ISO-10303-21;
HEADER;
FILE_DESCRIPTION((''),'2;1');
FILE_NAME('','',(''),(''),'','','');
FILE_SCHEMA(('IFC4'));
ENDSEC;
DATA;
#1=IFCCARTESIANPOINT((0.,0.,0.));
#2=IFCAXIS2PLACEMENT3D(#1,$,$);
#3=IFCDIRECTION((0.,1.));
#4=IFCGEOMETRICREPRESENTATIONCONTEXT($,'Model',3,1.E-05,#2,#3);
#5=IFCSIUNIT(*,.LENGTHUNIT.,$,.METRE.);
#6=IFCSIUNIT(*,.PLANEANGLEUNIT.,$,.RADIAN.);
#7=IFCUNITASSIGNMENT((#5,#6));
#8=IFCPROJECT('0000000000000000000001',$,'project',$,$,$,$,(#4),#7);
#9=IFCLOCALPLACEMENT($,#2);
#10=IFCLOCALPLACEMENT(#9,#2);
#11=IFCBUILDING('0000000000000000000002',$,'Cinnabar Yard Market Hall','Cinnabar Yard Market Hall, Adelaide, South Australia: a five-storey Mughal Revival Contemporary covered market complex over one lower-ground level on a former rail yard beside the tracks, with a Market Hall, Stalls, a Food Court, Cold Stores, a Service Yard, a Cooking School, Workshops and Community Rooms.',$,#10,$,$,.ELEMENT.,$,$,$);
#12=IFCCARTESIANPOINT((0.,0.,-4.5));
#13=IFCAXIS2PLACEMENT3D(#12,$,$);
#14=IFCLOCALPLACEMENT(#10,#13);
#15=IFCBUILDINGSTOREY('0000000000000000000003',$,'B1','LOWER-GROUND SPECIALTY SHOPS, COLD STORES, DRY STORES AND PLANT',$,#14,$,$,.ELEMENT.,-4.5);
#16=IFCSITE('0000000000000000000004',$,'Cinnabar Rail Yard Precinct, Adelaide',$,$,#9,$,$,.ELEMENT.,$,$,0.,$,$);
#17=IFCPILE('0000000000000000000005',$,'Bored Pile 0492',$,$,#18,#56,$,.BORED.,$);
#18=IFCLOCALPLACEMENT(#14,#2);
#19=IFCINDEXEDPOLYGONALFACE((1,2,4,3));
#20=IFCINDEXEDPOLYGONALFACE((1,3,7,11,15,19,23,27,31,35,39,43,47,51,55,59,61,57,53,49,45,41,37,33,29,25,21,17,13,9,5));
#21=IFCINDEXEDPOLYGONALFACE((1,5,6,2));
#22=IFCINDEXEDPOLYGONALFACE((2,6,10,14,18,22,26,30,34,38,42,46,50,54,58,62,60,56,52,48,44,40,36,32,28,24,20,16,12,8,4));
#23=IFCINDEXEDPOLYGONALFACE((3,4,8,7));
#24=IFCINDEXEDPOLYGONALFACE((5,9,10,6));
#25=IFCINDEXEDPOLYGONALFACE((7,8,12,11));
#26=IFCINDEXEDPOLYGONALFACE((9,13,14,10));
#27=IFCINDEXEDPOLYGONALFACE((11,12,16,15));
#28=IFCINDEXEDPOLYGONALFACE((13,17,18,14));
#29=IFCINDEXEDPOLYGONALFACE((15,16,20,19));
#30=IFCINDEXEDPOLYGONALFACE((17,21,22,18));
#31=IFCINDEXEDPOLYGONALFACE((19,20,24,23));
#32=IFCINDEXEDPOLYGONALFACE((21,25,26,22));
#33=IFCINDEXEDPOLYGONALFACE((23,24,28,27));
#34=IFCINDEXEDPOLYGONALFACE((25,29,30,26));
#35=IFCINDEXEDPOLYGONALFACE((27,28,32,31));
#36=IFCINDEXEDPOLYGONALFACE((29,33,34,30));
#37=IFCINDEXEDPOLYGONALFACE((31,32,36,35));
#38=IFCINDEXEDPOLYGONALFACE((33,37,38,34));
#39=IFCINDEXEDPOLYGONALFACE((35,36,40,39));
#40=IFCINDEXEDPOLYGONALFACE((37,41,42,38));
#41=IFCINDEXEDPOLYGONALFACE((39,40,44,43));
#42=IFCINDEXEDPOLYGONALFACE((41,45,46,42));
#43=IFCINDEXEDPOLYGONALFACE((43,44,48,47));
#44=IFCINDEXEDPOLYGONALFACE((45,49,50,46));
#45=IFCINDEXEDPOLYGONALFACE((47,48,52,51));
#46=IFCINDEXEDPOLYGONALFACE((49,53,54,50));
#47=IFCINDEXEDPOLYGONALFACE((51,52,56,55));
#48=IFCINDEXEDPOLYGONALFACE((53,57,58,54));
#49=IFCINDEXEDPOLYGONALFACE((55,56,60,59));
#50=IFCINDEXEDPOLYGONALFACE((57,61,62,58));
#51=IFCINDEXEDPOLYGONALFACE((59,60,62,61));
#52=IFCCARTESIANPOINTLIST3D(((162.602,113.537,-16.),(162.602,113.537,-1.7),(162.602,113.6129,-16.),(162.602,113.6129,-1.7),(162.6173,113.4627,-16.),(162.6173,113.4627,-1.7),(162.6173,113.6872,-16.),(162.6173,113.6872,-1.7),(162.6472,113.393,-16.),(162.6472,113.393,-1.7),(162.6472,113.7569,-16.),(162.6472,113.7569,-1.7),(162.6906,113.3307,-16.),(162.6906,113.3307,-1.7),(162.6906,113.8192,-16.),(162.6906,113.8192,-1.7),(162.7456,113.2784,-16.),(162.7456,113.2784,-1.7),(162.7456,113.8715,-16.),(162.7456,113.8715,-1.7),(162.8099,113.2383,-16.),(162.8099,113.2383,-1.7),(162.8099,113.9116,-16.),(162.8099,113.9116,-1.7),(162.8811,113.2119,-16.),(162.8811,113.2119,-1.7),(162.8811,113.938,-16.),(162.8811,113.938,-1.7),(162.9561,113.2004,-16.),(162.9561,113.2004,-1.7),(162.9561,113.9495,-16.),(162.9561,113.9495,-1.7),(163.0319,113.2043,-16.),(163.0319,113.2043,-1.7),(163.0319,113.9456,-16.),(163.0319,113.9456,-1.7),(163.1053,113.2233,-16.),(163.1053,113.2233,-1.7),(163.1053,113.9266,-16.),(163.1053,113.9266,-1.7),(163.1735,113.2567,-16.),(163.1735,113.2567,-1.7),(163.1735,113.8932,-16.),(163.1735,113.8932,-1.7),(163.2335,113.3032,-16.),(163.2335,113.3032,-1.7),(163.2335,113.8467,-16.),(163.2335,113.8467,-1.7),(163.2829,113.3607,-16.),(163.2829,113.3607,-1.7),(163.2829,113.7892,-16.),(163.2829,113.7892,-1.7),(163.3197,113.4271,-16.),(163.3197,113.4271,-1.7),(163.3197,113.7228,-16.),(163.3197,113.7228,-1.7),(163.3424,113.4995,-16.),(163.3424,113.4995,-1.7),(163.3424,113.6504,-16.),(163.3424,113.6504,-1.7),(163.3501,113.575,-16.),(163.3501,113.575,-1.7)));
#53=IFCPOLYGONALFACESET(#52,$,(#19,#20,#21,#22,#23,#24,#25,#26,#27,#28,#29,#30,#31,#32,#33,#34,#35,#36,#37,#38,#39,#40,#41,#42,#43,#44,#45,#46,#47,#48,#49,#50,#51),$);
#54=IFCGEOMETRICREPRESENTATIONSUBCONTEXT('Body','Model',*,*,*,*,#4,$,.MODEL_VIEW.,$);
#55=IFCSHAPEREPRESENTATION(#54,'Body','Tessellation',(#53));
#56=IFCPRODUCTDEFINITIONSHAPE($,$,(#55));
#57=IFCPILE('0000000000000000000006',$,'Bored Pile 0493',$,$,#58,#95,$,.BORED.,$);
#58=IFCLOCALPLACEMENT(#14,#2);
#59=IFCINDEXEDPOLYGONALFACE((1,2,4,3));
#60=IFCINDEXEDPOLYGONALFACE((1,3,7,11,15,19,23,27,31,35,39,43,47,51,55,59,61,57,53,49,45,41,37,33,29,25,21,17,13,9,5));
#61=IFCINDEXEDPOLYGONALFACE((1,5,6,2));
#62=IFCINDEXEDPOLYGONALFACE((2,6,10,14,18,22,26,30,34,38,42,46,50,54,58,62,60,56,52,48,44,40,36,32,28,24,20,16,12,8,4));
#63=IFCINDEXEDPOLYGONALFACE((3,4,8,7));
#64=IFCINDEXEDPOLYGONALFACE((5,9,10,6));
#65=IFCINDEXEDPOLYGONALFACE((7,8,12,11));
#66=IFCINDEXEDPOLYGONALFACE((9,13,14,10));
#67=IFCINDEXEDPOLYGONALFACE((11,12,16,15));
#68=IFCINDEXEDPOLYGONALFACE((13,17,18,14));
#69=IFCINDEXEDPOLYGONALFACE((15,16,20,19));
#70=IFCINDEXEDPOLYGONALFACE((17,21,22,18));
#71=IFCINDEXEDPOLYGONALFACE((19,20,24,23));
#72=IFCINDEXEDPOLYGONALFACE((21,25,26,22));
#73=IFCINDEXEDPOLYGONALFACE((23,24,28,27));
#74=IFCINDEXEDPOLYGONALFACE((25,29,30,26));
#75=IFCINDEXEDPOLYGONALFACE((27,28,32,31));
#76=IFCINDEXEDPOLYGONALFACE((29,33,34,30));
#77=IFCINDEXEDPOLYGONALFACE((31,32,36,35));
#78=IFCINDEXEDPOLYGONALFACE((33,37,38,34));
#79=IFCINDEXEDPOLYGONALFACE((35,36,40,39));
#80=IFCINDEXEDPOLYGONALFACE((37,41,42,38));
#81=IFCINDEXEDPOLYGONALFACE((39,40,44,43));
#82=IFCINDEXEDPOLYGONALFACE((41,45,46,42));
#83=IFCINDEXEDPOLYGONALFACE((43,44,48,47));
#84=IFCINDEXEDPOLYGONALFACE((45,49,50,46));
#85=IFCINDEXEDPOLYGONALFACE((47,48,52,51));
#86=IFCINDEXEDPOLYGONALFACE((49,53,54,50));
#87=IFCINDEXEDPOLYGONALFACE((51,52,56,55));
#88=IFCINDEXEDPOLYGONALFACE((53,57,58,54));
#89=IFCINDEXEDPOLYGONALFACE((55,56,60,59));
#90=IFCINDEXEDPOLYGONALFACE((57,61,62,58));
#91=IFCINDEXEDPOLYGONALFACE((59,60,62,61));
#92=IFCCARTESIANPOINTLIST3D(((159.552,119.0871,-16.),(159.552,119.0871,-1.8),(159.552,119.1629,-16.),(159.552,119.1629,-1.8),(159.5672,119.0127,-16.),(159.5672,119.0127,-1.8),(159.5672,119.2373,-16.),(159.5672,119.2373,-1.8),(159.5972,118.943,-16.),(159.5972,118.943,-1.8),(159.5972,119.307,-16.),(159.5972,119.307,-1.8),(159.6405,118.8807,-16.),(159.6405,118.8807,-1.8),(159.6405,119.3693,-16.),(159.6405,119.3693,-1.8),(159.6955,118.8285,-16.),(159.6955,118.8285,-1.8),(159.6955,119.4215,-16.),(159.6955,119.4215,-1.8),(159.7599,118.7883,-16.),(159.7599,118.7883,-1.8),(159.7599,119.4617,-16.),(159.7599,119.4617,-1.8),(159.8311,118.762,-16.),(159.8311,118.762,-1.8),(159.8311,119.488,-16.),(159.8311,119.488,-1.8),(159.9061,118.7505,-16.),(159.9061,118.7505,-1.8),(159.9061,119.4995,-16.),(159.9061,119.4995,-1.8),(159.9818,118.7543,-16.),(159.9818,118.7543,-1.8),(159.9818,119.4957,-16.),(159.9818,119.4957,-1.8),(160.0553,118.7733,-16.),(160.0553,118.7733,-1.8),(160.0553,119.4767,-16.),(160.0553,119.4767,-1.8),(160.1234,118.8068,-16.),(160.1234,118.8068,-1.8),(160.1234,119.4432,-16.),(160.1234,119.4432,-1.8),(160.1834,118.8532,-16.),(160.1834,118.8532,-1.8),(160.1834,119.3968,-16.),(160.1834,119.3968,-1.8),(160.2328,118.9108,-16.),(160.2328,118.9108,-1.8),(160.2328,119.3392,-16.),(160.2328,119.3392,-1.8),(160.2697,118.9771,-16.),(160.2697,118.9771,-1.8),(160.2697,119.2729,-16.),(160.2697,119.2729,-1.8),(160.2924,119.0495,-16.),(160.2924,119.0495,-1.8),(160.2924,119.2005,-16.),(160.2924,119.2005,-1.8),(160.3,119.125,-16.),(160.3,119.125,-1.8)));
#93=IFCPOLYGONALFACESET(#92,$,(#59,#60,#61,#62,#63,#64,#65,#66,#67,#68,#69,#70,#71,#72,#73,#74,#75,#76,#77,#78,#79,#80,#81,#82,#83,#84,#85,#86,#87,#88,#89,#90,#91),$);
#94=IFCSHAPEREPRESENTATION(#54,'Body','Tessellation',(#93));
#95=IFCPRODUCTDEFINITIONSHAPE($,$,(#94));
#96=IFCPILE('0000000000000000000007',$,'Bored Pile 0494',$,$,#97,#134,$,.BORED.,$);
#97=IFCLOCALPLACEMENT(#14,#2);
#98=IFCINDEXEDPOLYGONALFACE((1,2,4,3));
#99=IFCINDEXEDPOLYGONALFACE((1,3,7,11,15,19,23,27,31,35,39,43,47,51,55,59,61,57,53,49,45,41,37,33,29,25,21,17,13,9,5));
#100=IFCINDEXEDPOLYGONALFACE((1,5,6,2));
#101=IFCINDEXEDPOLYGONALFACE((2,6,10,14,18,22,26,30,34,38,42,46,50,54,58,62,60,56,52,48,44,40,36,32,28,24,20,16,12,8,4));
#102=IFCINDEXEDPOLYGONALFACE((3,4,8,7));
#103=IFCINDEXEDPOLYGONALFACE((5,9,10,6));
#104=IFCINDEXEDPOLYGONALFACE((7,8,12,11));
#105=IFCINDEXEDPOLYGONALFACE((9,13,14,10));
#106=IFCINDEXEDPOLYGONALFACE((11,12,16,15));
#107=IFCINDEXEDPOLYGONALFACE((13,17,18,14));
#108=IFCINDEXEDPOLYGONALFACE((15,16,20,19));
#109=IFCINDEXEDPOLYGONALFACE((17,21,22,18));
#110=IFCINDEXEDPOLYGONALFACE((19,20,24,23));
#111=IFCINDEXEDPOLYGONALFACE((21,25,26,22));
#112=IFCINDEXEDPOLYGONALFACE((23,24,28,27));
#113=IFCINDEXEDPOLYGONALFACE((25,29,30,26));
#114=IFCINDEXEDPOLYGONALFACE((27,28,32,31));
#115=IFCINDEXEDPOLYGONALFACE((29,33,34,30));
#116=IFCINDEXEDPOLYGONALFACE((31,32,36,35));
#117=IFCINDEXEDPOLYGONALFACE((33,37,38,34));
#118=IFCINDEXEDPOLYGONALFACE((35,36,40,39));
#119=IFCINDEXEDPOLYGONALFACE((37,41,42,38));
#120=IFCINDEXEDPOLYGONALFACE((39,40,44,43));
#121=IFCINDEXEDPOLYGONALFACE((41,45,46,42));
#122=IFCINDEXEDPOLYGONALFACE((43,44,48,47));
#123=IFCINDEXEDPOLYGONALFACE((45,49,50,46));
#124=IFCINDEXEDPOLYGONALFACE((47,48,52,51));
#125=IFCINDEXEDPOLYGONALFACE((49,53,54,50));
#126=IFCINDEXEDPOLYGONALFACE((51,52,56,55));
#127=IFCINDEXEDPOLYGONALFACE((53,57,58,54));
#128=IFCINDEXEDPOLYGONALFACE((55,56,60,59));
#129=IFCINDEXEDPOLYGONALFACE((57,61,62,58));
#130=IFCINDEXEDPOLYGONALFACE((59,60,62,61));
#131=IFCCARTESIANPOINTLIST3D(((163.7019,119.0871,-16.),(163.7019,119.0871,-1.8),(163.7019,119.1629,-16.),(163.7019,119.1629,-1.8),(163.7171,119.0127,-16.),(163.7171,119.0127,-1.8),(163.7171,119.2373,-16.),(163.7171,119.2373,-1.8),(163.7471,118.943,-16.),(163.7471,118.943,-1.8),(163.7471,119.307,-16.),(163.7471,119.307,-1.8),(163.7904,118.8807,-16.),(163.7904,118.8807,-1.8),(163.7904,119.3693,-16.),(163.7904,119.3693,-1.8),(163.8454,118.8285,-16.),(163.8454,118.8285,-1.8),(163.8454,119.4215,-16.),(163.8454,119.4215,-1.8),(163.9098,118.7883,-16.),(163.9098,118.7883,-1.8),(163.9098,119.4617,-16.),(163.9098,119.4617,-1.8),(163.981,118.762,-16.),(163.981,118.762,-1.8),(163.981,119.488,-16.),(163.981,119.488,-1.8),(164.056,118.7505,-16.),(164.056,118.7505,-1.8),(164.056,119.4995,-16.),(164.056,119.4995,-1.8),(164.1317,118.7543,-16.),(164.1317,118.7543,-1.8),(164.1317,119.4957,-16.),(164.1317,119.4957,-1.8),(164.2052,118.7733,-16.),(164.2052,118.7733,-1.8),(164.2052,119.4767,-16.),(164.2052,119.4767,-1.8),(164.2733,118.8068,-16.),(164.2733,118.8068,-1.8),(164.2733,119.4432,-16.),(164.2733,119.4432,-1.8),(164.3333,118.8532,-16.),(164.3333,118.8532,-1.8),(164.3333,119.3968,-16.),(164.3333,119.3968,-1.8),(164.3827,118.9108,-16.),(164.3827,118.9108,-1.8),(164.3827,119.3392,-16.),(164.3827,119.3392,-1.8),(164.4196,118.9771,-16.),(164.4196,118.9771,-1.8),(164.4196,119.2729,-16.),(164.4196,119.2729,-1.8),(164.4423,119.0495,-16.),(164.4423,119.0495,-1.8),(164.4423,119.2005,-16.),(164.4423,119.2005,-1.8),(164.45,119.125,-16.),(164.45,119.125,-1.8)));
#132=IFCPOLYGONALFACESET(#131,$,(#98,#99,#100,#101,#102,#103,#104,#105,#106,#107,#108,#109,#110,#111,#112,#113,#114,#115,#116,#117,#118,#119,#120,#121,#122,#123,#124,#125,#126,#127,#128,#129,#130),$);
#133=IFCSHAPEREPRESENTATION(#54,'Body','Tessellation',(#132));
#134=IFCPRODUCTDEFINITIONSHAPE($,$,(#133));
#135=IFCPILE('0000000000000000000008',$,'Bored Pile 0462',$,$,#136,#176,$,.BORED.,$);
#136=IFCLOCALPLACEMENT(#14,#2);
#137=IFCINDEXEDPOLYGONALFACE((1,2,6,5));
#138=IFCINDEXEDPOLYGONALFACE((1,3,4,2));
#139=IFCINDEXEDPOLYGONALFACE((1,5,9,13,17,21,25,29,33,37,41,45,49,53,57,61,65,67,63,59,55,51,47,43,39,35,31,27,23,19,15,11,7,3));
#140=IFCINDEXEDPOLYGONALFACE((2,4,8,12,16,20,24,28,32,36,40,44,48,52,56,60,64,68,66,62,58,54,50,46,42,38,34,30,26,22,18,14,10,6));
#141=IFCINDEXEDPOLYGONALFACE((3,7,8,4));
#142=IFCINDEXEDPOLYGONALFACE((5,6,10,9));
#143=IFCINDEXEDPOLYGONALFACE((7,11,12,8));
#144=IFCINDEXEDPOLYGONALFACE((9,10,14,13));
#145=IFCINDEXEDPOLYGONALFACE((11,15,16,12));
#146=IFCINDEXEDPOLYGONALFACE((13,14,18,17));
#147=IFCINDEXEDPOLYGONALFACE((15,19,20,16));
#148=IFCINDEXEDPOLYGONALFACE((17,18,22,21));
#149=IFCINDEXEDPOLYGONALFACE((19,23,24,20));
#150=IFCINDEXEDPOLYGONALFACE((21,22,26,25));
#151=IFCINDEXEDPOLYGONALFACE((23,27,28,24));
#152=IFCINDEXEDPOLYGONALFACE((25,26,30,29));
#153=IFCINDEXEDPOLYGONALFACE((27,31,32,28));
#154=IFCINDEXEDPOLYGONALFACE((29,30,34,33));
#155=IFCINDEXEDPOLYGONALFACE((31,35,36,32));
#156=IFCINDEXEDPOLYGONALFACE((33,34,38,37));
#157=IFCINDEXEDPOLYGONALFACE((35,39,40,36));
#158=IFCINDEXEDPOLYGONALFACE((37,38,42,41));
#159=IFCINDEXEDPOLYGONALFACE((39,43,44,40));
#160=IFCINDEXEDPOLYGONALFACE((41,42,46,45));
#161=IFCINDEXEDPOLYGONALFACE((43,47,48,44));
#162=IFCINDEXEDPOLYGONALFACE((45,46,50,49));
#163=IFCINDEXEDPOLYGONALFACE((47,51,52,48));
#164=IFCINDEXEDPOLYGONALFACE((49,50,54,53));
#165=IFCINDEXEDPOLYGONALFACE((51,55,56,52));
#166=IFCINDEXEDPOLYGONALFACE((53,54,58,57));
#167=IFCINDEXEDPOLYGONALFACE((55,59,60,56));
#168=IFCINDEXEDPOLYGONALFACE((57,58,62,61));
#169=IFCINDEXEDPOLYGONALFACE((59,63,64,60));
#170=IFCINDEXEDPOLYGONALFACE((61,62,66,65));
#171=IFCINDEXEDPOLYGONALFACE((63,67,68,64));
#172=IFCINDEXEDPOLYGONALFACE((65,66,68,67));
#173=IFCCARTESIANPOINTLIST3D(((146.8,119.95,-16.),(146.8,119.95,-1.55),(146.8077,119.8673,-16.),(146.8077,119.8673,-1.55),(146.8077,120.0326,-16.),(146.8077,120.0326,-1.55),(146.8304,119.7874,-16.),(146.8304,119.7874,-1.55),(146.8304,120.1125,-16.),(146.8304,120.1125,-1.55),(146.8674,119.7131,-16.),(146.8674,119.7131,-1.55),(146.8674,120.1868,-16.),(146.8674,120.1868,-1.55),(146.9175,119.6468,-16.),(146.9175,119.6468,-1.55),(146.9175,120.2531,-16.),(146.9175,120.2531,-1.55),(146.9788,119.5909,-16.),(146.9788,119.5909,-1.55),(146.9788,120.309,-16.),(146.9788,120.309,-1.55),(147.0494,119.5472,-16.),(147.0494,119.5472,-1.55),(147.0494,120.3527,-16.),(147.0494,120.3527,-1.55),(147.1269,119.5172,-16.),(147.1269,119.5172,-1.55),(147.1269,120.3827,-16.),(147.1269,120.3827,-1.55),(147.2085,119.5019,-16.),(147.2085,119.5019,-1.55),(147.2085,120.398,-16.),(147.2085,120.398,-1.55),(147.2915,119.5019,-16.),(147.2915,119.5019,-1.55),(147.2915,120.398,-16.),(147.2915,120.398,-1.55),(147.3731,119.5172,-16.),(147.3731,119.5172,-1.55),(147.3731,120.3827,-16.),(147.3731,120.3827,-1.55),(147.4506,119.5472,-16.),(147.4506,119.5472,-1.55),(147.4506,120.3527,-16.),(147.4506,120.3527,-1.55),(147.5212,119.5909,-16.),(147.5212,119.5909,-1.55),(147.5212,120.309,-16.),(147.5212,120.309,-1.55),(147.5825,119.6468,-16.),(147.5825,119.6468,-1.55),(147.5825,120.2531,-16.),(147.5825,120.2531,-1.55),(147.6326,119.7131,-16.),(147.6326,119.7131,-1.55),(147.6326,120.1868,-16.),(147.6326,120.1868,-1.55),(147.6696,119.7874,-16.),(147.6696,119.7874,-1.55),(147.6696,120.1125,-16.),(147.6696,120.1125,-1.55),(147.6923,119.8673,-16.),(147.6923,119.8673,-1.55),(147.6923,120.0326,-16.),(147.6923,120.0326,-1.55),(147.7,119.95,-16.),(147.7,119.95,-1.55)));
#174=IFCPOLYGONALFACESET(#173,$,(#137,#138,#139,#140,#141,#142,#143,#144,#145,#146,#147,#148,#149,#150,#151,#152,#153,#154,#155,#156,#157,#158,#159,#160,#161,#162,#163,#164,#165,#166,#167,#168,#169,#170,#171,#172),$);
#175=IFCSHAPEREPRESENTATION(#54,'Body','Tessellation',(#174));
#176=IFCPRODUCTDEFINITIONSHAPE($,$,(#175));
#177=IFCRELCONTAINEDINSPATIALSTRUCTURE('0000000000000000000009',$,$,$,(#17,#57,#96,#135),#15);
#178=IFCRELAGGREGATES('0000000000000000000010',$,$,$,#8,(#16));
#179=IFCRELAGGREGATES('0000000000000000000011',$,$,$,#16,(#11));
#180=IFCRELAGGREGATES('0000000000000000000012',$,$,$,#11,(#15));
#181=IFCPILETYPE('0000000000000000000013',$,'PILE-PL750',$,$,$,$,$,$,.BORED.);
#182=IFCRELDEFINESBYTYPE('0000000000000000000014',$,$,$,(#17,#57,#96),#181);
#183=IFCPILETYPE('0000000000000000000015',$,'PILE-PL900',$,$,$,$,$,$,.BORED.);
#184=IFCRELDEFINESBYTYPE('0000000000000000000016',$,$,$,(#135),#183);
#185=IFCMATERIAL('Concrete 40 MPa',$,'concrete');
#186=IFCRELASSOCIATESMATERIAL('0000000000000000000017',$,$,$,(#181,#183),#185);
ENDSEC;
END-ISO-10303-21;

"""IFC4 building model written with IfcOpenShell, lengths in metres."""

from ifc_helpers import new_model, si_unit, direction, frame, origin, origin_2d_with_axis, place, context, subcontext, project, spatial, circle, extrude, material, material_profile, profile_set, type_object, element, save


model = new_model("IFC4")

# Units and contexts
model_context = context("Model", 3, precision=1e-05, world=origin(), true_north=direction((0.0, 1.0)))
body_context = subcontext(model_context, "Body", "Model", "MODEL_VIEW")
ifc_project = project(units=[si_unit("LENGTHUNIT", "METRE"), si_unit("PLANEANGLEUNIT", "RADIAN")], contexts=[model_context])

# Site, building, storey
site_placement = place(None, origin())
site = spatial("IfcSite", under=ifc_project, at=site_placement, Name="Cinnabar Rail Yard Precinct, Adelaide", CompositionType="ELEMENT", RefElevation=0.0)
building_placement = place(site_placement, origin())
building = spatial("IfcBuilding", under=site, at=building_placement, Name="Cinnabar Yard Market Hall", Description="Cinnabar Yard Market Hall, Adelaide, South Australia: a five-storey Mughal Revival Contemporary covered market complex over one lower-ground level on a former rail yard beside the tracks, with a Market Hall, Stalls, a Food Court, Cold Stores, a Service Yard, a Cooking School, Workshops and Community Rooms.", CompositionType="ELEMENT")
storey_placement = place(building_placement, frame((0.0, 0.0, -4.5)))
storey = spatial("IfcBuildingStorey", under=building, at=storey_placement, Name="B1", Description="LOWER-GROUND SPECIALTY SHOPS, COLD STORES, DRY STORES AND PLANT", CompositionType="ELEMENT", Elevation=-4.5)

# Shared definitions
ifc_material_1 = material(Name="Concrete 40 MPa", Category="concrete")

# Piles
ifc_material_profile_1 = material_profile(ifc_material_1, circle(Radius=0.375, at=origin_2d_with_axis()), Name="PILE-D750")
ifc_profile_set_1 = profile_set([ifc_material_profile_1], Name="Concrete 40 MPa")
pile_type_1 = type_object("IfcPileType", Name="PILE-PL750", PredefinedType="BORED", material=ifc_profile_set_1)
for number, where, z_axis, x_axis, name in (
    (1, (162.9751, 113.575, -1.7), (0.0, 0.0, -1.0), (1.0, 0.0, 0.0), "Bored Pile 0492"),
):
    element("IfcPile", number, at=place(storey_placement, frame(where, z_axis=z_axis, x_axis=x_axis)), inside=storey, type_object=pile_type_1, Name=name, PredefinedType="BORED", context=body_context, shape_type="SweptSolid", body=[
        extrude(circle(Radius=0.375, at=origin_2d_with_axis()), origin(), (0.0, 0.0, 1.0), 14.3),
    ])
for number, where, z_axis, x_axis, name in (
    (2, (159.925, 119.125, -1.8), (0.0, 0.0, -1.0), (1.0, 0.0, 0.0), "Bored Pile 0493"),
    (3, (164.075, 119.125, -1.8), (0.0, 0.0, -1.0), (1.0, 0.0, 0.0), "Bored Pile 0494"),
):
    element("IfcPile", number, at=place(storey_placement, frame(where, z_axis=z_axis, x_axis=x_axis)), inside=storey, type_object=pile_type_1, Name=name, PredefinedType="BORED", context=body_context, shape_type="SweptSolid", body=[
        extrude(circle(Radius=0.375, at=origin_2d_with_axis()), origin(), (0.0, 0.0, 1.0), 14.2),
    ])
ifc_material_profile_2 = material_profile(ifc_material_1, circle(Radius=0.45, at=origin_2d_with_axis()), Name="PILE-D900")
ifc_profile_set_2 = profile_set([ifc_material_profile_2], Name="Concrete 40 MPa")
pile_type_2 = type_object("IfcPileType", Name="PILE-PL900", PredefinedType="BORED", material=ifc_profile_set_2)
pile_placement = place(storey_placement, frame((147.25, 119.95, -1.55), z_axis=(0.0, 0.0, -1.0), x_axis=(1.0, 0.0, 0.0)))
element("IfcPile", 4, at=pile_placement, inside=storey, type_object=pile_type_2, Name="Bored Pile 0462", PredefinedType="BORED", context=body_context, shape_type="SweptSolid", body=[
    extrude(circle(Radius=0.45, at=origin_2d_with_axis()), origin(), (0.0, 0.0, 1.0), 14.45),
])

save(model, "model.ifc")
